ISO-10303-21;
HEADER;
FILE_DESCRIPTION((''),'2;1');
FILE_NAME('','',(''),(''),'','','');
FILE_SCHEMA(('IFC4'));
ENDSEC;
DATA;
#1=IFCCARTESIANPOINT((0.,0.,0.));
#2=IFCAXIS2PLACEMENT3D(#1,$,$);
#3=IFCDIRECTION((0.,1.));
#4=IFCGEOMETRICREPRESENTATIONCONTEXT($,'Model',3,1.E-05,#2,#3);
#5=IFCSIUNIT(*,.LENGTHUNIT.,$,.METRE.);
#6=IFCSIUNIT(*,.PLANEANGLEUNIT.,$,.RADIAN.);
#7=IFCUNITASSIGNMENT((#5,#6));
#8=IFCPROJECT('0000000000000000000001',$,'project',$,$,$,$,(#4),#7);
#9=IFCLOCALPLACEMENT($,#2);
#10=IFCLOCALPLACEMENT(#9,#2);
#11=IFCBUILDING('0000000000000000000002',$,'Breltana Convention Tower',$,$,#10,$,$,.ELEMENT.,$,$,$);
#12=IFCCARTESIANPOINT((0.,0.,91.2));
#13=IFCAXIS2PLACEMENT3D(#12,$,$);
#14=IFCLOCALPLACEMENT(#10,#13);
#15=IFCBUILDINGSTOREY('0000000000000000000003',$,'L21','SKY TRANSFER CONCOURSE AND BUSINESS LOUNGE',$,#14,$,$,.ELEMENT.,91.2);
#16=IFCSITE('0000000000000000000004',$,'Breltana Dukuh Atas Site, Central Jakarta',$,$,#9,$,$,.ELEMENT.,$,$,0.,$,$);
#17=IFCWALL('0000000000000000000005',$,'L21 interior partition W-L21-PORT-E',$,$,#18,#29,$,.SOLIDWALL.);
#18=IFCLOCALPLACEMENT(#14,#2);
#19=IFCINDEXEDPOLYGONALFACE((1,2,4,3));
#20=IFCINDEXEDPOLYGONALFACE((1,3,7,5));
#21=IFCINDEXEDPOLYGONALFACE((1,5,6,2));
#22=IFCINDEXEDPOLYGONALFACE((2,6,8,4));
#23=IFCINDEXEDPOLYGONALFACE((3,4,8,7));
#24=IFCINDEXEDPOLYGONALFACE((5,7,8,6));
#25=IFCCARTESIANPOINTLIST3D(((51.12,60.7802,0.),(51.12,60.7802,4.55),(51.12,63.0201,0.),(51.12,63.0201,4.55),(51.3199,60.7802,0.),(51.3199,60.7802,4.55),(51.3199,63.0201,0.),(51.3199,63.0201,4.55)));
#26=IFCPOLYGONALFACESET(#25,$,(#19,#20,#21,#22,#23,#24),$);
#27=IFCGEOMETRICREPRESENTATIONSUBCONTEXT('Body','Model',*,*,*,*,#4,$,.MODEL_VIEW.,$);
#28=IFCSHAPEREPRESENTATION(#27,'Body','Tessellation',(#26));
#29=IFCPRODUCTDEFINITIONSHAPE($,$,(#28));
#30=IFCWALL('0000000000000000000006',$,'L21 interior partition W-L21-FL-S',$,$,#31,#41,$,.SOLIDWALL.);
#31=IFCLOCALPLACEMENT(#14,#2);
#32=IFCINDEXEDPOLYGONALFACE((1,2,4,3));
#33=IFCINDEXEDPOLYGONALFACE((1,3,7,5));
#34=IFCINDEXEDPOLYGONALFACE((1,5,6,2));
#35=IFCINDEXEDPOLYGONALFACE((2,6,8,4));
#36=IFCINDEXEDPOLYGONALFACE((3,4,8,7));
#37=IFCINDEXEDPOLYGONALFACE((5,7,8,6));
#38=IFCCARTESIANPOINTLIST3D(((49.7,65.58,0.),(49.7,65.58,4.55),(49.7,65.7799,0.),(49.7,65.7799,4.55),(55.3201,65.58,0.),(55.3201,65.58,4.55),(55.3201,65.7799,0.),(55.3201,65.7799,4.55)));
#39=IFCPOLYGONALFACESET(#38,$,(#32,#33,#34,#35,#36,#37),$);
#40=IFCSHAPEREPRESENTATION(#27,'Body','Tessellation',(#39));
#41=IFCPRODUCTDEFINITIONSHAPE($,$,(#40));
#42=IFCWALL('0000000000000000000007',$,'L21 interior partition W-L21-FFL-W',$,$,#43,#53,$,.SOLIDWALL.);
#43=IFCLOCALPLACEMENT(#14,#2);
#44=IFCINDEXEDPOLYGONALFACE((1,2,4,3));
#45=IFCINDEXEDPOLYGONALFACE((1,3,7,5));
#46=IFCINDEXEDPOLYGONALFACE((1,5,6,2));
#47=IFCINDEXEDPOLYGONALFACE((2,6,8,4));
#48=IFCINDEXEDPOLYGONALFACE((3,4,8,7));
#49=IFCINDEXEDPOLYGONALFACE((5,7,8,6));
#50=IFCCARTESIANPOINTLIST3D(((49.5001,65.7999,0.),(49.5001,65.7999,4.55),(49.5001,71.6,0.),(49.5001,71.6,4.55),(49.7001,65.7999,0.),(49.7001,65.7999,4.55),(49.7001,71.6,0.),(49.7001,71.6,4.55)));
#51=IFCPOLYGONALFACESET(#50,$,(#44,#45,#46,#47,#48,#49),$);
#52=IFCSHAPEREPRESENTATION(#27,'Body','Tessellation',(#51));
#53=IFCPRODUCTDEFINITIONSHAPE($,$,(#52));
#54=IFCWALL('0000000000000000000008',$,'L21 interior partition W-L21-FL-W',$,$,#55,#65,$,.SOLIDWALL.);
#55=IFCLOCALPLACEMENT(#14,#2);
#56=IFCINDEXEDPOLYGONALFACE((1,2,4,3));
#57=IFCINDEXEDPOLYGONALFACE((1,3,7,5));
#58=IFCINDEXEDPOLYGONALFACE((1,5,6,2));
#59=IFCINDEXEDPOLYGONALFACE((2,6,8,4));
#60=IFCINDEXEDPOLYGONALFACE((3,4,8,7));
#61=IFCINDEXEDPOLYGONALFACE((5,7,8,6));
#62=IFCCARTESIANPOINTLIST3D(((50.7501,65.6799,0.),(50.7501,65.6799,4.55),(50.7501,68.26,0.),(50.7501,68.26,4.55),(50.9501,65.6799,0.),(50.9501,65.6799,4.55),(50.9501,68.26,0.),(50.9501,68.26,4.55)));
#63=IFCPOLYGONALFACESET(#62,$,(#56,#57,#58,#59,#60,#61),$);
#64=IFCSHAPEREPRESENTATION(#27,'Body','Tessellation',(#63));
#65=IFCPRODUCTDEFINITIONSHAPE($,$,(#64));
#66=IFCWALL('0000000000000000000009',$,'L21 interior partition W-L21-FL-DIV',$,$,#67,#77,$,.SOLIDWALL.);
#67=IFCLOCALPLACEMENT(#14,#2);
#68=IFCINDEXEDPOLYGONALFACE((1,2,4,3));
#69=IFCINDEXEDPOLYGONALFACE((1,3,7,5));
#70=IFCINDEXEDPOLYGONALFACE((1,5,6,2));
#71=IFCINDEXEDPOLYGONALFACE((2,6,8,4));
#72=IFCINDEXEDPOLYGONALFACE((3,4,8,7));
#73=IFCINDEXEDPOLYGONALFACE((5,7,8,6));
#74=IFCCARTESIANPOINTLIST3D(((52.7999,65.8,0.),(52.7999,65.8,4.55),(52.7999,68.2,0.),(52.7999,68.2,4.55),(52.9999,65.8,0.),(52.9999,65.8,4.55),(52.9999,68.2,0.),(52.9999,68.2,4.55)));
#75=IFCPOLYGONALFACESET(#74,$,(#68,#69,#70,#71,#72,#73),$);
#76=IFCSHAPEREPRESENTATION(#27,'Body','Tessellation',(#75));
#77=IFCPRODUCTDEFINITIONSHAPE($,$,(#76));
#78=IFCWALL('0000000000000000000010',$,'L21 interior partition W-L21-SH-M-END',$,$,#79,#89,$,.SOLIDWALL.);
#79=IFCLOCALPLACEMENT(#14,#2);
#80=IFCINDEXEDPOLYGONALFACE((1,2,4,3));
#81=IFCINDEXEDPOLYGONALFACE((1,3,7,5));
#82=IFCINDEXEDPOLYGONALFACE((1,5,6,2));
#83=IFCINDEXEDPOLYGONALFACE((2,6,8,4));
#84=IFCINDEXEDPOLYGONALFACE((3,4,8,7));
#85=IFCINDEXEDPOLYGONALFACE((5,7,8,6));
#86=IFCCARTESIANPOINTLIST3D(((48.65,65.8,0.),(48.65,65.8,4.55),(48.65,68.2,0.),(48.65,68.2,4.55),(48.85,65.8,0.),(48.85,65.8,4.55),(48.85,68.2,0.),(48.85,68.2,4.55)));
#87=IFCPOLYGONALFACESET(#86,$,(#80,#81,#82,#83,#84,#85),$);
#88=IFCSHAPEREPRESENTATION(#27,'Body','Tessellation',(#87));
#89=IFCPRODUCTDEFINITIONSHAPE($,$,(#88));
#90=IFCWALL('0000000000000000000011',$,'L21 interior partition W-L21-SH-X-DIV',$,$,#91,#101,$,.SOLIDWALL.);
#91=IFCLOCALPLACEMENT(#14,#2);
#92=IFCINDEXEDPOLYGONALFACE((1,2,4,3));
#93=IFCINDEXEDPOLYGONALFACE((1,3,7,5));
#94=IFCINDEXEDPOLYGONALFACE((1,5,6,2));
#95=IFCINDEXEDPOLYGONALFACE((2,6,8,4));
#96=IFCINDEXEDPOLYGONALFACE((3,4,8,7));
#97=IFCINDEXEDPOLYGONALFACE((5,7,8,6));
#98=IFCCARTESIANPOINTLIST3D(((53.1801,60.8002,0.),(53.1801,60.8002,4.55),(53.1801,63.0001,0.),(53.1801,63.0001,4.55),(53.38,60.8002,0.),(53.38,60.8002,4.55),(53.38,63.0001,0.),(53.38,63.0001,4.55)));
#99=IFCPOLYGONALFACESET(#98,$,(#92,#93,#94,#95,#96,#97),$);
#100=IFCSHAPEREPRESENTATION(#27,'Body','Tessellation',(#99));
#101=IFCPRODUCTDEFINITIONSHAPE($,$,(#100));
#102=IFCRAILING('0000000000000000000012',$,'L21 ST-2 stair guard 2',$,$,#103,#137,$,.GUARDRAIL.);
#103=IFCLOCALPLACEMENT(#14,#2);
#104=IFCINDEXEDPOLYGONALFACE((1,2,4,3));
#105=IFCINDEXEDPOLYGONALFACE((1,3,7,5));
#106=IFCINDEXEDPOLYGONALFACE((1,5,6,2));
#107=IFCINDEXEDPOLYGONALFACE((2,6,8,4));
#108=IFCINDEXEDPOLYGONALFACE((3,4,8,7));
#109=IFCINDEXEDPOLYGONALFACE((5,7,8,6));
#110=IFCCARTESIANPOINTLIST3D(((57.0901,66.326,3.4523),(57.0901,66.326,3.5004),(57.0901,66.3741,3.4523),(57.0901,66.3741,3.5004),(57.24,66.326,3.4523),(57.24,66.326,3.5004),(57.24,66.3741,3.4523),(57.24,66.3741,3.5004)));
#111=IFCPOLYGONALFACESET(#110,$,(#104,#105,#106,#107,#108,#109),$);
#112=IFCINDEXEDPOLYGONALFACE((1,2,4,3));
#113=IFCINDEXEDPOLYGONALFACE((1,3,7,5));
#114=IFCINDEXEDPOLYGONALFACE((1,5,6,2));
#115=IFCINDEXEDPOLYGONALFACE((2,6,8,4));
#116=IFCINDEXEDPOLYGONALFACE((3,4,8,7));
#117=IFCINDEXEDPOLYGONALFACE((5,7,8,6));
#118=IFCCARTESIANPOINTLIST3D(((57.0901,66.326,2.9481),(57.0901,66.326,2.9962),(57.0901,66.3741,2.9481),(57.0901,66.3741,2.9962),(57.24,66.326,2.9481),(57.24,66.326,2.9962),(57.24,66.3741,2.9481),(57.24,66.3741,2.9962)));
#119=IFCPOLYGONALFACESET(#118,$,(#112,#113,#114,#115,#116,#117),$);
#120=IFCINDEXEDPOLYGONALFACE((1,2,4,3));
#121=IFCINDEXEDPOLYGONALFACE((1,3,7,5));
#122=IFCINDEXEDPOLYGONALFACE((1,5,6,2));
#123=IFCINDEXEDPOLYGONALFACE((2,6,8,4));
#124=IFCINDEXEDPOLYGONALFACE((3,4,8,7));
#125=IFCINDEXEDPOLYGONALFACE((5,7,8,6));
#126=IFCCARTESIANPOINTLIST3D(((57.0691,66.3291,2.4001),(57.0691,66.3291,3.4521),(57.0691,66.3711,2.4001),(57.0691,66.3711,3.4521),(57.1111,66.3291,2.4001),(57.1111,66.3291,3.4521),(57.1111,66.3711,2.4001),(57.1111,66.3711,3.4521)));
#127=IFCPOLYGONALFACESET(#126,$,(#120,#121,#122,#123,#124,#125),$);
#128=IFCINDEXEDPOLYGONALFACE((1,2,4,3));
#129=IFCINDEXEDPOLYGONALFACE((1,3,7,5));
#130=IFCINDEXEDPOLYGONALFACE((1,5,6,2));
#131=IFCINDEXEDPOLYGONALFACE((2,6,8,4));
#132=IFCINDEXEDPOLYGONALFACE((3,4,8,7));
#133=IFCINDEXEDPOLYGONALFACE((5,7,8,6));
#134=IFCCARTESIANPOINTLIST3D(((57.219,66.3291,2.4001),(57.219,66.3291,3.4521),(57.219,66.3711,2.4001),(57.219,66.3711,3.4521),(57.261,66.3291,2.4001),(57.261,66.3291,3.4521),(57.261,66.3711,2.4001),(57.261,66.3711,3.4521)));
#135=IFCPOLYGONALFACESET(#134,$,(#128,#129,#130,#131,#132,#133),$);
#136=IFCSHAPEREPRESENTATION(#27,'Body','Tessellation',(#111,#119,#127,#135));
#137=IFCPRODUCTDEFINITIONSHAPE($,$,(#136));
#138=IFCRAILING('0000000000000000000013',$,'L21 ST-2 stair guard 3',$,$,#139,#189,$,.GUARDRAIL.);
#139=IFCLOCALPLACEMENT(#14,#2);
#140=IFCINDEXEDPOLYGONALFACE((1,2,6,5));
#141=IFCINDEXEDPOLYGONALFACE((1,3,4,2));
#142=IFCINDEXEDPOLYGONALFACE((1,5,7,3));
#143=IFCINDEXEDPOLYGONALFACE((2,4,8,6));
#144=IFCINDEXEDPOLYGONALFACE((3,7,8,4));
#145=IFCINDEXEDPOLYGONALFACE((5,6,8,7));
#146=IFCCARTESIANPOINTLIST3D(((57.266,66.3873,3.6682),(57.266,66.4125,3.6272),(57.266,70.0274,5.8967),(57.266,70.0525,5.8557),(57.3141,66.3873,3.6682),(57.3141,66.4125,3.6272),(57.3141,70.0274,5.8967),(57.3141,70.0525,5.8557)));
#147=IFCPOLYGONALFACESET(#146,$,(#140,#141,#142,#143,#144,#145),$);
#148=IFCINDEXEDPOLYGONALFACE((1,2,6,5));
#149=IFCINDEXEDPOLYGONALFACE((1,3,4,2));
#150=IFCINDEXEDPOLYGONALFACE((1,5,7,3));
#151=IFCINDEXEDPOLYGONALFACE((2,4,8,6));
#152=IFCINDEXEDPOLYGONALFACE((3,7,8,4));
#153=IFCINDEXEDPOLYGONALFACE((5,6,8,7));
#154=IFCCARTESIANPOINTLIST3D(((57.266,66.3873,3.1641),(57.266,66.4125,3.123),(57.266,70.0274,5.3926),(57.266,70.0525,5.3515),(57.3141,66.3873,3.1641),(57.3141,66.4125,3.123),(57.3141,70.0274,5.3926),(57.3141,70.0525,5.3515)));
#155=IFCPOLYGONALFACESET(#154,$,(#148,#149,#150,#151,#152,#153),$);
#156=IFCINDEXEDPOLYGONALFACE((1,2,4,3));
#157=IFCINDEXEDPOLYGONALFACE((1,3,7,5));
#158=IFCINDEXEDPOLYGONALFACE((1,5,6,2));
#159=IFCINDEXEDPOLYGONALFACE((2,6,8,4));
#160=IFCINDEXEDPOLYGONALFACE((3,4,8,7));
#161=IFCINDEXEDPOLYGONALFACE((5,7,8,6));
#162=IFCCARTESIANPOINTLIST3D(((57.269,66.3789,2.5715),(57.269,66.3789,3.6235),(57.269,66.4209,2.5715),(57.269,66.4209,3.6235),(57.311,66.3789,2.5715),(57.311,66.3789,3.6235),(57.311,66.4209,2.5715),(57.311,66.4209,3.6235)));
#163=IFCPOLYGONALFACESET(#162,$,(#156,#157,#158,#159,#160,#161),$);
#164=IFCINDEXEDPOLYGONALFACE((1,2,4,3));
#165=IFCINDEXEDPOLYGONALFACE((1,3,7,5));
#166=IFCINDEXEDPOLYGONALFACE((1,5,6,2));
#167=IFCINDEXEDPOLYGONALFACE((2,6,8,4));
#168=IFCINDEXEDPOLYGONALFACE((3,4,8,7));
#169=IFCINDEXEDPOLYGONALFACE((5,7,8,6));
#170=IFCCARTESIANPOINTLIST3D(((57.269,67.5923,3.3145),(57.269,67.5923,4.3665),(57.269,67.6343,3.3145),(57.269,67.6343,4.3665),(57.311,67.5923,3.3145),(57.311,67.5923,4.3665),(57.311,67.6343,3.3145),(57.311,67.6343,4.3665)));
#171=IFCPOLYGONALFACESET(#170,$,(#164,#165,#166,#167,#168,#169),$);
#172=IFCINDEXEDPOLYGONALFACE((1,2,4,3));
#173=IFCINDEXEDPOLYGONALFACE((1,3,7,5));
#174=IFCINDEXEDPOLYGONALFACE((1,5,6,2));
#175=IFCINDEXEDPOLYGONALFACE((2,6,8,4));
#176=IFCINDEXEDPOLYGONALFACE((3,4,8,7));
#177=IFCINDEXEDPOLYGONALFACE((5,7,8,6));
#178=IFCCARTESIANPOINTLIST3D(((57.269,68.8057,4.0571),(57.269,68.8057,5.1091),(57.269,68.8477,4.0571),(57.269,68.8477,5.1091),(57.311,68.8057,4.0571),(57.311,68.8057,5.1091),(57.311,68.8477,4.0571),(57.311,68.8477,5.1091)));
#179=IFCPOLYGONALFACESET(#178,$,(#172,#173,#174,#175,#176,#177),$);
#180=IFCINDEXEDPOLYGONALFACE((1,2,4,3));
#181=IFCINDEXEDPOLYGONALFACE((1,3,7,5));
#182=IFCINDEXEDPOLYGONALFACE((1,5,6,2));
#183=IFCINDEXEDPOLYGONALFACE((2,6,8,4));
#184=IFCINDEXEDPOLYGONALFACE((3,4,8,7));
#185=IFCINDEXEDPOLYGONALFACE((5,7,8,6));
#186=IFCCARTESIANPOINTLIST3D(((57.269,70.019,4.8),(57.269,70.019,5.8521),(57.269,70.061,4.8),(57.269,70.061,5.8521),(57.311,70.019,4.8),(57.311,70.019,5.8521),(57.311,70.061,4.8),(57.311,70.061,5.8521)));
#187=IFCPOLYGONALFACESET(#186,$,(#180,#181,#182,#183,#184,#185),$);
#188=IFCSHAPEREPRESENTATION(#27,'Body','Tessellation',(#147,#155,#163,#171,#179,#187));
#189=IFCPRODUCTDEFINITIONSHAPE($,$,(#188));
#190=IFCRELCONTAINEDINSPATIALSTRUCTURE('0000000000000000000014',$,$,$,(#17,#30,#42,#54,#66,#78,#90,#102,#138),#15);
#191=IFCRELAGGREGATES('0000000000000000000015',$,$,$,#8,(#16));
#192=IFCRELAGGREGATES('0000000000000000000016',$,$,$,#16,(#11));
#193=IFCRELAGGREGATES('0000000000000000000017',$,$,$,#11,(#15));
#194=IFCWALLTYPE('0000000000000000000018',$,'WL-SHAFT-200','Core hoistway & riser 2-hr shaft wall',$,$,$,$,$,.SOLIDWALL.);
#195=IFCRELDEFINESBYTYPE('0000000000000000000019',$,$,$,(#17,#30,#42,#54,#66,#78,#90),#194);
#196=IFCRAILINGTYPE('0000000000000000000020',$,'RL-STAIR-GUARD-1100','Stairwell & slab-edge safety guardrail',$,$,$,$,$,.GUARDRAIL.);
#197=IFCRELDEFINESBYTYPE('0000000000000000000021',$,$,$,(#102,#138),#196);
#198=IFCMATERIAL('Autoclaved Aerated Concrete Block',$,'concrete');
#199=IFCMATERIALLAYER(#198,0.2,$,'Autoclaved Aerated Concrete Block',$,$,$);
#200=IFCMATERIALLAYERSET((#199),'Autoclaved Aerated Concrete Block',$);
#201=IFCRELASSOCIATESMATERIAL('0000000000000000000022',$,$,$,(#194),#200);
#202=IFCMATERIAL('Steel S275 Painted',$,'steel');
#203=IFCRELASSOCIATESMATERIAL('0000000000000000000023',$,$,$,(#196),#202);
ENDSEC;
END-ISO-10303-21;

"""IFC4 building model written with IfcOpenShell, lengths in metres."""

from ifc_helpers import new_model, si_unit, direction, frame, frame_2d, origin, origin_2d, place, context, subcontext, project, spatial, rectangle, extrude, source, transform, mapped, material, layer, layer_set, type_object, element, save


model = new_model("IFC4")

# Units and contexts
model_context = context("Model", 3, precision=1e-05, world=origin(), true_north=direction((0.0, 1.0)))
body_context = subcontext(model_context, "Body", "Model", "MODEL_VIEW")
ifc_project = project(units=[si_unit("LENGTHUNIT", "METRE"), si_unit("PLANEANGLEUNIT", "RADIAN")], contexts=[model_context])

# Site, building, storey
site_placement = place(None, origin())
site = spatial("IfcSite", under=ifc_project, at=site_placement, Name="Breltana Dukuh Atas Site, Central Jakarta", CompositionType="ELEMENT", RefElevation=0.0)
building_placement = place(site_placement, origin())
building = spatial("IfcBuilding", under=site, at=building_placement, Name="Breltana Convention Tower", CompositionType="ELEMENT")
storey_placement = place(building_placement, frame((0.0, 0.0, 91.2)))
storey = spatial("IfcBuildingStorey", under=building, at=storey_placement, Name="L21", Description="SKY TRANSFER CONCOURSE AND BUSINESS LOUNGE", CompositionType="ELEMENT", Elevation=91.2)

# Walls
ifc_material_1 = material(Name="Autoclaved Aerated Concrete Block", Category="concrete")
ifc_layer_1 = layer(ifc_material_1, 0.2, Name="Autoclaved Aerated Concrete Block")
ifc_layer_set_1 = layer_set([ifc_layer_1], Name="Autoclaved Aerated Concrete Block")
wall_type_1 = type_object("IfcWallType", Name="WL-SHAFT-200", Description="Core hoistway & riser 2-hr shaft wall", PredefinedType="SOLIDWALL", material=ifc_layer_set_1)
shared_shape_1 = source(origin(), body_context, "Body", "SweptSolid", [
    extrude(rectangle(XDim=2.24, YDim=0.2, at=frame_2d((1.1201, 0.0))), origin(), (0.0, 0.0, 1.0), 4.55),
])
for number, where, z_axis, x_axis, name in (
    (1, (51.22, 60.78, 0.0), (0.0, 0.0, 1.0), (0.0, 1.0, 0.0), "L21 interior partition W-L21-PORT-E"),
):
    element("IfcWall", number, at=place(storey_placement, frame(where, z_axis=z_axis, x_axis=x_axis)), inside=storey, type_object=wall_type_1, Name=name, PredefinedType="SOLIDWALL", context=body_context, shape_type="MappedRepresentation", body=[
        mapped(shared_shape_1, transform((0.0, 0.0, 0.0), scale=1.0)),
    ])
shared_shape_2 = source(origin(), body_context, "Body", "SweptSolid", [
    extrude(rectangle(XDim=5.6201, YDim=0.2, at=frame_2d((2.8101, 0.0))), origin(), (0.0, 0.0, 1.0), 4.55),
])
wall_1_placement = place(storey_placement, frame((49.7, 65.6799, 0.0), z_axis=(0.0, 0.0, 1.0), x_axis=(1.0, 0.0, 0.0)))
element("IfcWall", 2, at=wall_1_placement, inside=storey, type_object=wall_type_1, Name="L21 interior partition W-L21-FL-S", PredefinedType="SOLIDWALL", context=body_context, shape_type="MappedRepresentation", body=[
    mapped(shared_shape_2, transform((0.0, 0.0, 0.0), scale=1.0)),
])
shared_shape_3 = source(origin(), body_context, "Body", "SweptSolid", [
    extrude(rectangle(XDim=5.8, YDim=0.2, at=frame_2d((2.8999, 0.0))), origin(), (0.0, 0.0, 1.0), 4.55),
])
wall_2_placement = place(storey_placement, frame((49.6001, 65.8, 0.0), z_axis=(0.0, 0.0, 1.0), x_axis=(0.0, 1.0, 0.0)))
element("IfcWall", 3, at=wall_2_placement, inside=storey, type_object=wall_type_1, Name="L21 interior partition W-L21-FFL-W", PredefinedType="SOLIDWALL", context=body_context, shape_type="MappedRepresentation", body=[
    mapped(shared_shape_3, transform((0.0, 0.0, 0.0), scale=1.0)),
])
shared_shape_4 = source(origin(), body_context, "Body", "SweptSolid", [
    extrude(rectangle(XDim=2.5801, YDim=0.2, at=frame_2d((1.29, 0.0))), origin(), (0.0, 0.0, 1.0), 4.55),
])
wall_3_placement = place(storey_placement, frame((50.8501, 65.6799, 0.0), z_axis=(0.0, 0.0, 1.0), x_axis=(0.0, 1.0, 0.0)))
element("IfcWall", 4, at=wall_3_placement, inside=storey, type_object=wall_type_1, Name="L21 interior partition W-L21-FL-W", PredefinedType="SOLIDWALL", context=body_context, shape_type="MappedRepresentation", body=[
    mapped(shared_shape_4, transform((0.0, 0.0, 0.0), scale=1.0)),
])
shared_shape_5 = source(origin(), body_context, "Body", "SweptSolid", [
    extrude(rectangle(XDim=2.3999, YDim=0.2, at=frame_2d((1.2, 0.0))), origin(), (0.0, 0.0, 1.0), 4.55),
])
for number, where, z_axis, x_axis, name in (
    (5, (52.8999, 65.8, 0.0), (0.0, 0.0, 1.0), (0.0, 1.0, 0.0), "L21 interior partition W-L21-FL-DIV"),
    (6, (48.75, 65.8, 0.0), (0.0, 0.0, 1.0), (0.0, 1.0, 0.0), "L21 interior partition W-L21-SH-M-END"),
):
    element("IfcWall", number, at=place(storey_placement, frame(where, z_axis=z_axis, x_axis=x_axis)), inside=storey, type_object=wall_type_1, Name=name, PredefinedType="SOLIDWALL", context=body_context, shape_type="MappedRepresentation", body=[
        mapped(shared_shape_5, transform((0.0, 0.0, 0.0), scale=1.0)),
    ])

# Wall
shared_shape_6 = source(origin(), body_context, "Body", "SweptSolid", [
    extrude(rectangle(XDim=2.2, YDim=0.2, at=frame_2d((1.1001, 0.0))), origin(), (0.0, 0.0, 1.0), 4.55),
])
wall_4_placement = place(storey_placement, frame((53.28, 60.8, 0.0), z_axis=(0.0, 0.0, 1.0), x_axis=(0.0, 1.0, 0.0)))
element("IfcWall", 7, at=wall_4_placement, inside=storey, type_object=wall_type_1, Name="L21 interior partition W-L21-SH-X-DIV", PredefinedType="SOLIDWALL", context=body_context, shape_type="MappedRepresentation", body=[
    mapped(shared_shape_6, transform((0.0, 0.0, 0.0), scale=1.0)),
])

# Railings
ifc_material_2 = material(Name="Steel S275 Painted", Category="steel")
railing_type = type_object("IfcRailingType", Name="RL-STAIR-GUARD-1100", Description="Stairwell & slab-edge safety guardrail", PredefinedType="GUARDRAIL", material=ifc_material_2)
railing_1_placement = place(storey_placement, frame((57.0901, 66.3501, 2.4001)))
element("IfcRailing", 8, at=railing_1_placement, inside=storey, type_object=railing_type, Name="L21 ST-2 stair guard 2", PredefinedType="GUARDRAIL", context=body_context, shape_type="SweptSolid", body=[
    extrude(rectangle(XDim=0.0481, YDim=0.0481, at=origin_2d()), frame((0.0, 0.0, 1.0762), z_axis=(1.0, 0.0, 0.0), x_axis=(0.0, 1.0, 0.0)), (0.0, 0.0, 1.0), 0.1499),
    extrude(rectangle(XDim=0.0481, YDim=0.0481, at=origin_2d()), frame((0.0, 0.0, 0.572), z_axis=(1.0, 0.0, 0.0), x_axis=(0.0, 1.0, 0.0)), (0.0, 0.0, 1.0), 0.1499),
    extrude(rectangle(XDim=0.042, YDim=0.042, at=origin_2d()), origin(), (0.0, 0.0, 1.0), 1.052),
    extrude(rectangle(XDim=0.042, YDim=0.042, at=origin_2d()), frame((0.1499, 0.0, 0.0)), (0.0, 0.0, 1.0), 1.052),
])
railing_2_placement = place(storey_placement, frame((57.29, 66.3999, 2.5715)))
element("IfcRailing", 9, at=railing_2_placement, inside=storey, type_object=railing_type, Name="L21 ST-2 stair guard 3", PredefinedType="GUARDRAIL", context=body_context, shape_type="SweptSolid", body=[
    extrude(rectangle(XDim=0.0481, YDim=0.0481, at=origin_2d()), frame((0.0, 0.0, 1.0762), z_axis=(0.0, 0.852866, 0.52213), x_axis=(-1.0, 0.0, 0.0)), (0.0, 0.0, 1.0), 4.2681),
    extrude(rectangle(XDim=0.0481, YDim=0.0481, at=origin_2d()), frame((0.0, 0.0, 0.572), z_axis=(0.0, 0.852866, 0.52213), x_axis=(-1.0, 0.0, 0.0)), (0.0, 0.0, 1.0), 4.2681),
    extrude(rectangle(XDim=0.042, YDim=0.042, at=origin_2d()), origin(), (0.0, 0.0, 1.0), 1.052),
    extrude(rectangle(XDim=0.042, YDim=0.042, at=origin_2d()), frame((0.0, 1.2134, 0.7429)), (0.0, 0.0, 1.0), 1.052),
    extrude(rectangle(XDim=0.042, YDim=0.042, at=origin_2d()), frame((0.0, 2.4268, 1.4856)), (0.0, 0.0, 1.0), 1.052),
    extrude(rectangle(XDim=0.042, YDim=0.042, at=origin_2d()), frame((0.0, 3.6401, 2.2285)), (0.0, 0.0, 1.0), 1.052),
])

save(model, "model.ifc")
